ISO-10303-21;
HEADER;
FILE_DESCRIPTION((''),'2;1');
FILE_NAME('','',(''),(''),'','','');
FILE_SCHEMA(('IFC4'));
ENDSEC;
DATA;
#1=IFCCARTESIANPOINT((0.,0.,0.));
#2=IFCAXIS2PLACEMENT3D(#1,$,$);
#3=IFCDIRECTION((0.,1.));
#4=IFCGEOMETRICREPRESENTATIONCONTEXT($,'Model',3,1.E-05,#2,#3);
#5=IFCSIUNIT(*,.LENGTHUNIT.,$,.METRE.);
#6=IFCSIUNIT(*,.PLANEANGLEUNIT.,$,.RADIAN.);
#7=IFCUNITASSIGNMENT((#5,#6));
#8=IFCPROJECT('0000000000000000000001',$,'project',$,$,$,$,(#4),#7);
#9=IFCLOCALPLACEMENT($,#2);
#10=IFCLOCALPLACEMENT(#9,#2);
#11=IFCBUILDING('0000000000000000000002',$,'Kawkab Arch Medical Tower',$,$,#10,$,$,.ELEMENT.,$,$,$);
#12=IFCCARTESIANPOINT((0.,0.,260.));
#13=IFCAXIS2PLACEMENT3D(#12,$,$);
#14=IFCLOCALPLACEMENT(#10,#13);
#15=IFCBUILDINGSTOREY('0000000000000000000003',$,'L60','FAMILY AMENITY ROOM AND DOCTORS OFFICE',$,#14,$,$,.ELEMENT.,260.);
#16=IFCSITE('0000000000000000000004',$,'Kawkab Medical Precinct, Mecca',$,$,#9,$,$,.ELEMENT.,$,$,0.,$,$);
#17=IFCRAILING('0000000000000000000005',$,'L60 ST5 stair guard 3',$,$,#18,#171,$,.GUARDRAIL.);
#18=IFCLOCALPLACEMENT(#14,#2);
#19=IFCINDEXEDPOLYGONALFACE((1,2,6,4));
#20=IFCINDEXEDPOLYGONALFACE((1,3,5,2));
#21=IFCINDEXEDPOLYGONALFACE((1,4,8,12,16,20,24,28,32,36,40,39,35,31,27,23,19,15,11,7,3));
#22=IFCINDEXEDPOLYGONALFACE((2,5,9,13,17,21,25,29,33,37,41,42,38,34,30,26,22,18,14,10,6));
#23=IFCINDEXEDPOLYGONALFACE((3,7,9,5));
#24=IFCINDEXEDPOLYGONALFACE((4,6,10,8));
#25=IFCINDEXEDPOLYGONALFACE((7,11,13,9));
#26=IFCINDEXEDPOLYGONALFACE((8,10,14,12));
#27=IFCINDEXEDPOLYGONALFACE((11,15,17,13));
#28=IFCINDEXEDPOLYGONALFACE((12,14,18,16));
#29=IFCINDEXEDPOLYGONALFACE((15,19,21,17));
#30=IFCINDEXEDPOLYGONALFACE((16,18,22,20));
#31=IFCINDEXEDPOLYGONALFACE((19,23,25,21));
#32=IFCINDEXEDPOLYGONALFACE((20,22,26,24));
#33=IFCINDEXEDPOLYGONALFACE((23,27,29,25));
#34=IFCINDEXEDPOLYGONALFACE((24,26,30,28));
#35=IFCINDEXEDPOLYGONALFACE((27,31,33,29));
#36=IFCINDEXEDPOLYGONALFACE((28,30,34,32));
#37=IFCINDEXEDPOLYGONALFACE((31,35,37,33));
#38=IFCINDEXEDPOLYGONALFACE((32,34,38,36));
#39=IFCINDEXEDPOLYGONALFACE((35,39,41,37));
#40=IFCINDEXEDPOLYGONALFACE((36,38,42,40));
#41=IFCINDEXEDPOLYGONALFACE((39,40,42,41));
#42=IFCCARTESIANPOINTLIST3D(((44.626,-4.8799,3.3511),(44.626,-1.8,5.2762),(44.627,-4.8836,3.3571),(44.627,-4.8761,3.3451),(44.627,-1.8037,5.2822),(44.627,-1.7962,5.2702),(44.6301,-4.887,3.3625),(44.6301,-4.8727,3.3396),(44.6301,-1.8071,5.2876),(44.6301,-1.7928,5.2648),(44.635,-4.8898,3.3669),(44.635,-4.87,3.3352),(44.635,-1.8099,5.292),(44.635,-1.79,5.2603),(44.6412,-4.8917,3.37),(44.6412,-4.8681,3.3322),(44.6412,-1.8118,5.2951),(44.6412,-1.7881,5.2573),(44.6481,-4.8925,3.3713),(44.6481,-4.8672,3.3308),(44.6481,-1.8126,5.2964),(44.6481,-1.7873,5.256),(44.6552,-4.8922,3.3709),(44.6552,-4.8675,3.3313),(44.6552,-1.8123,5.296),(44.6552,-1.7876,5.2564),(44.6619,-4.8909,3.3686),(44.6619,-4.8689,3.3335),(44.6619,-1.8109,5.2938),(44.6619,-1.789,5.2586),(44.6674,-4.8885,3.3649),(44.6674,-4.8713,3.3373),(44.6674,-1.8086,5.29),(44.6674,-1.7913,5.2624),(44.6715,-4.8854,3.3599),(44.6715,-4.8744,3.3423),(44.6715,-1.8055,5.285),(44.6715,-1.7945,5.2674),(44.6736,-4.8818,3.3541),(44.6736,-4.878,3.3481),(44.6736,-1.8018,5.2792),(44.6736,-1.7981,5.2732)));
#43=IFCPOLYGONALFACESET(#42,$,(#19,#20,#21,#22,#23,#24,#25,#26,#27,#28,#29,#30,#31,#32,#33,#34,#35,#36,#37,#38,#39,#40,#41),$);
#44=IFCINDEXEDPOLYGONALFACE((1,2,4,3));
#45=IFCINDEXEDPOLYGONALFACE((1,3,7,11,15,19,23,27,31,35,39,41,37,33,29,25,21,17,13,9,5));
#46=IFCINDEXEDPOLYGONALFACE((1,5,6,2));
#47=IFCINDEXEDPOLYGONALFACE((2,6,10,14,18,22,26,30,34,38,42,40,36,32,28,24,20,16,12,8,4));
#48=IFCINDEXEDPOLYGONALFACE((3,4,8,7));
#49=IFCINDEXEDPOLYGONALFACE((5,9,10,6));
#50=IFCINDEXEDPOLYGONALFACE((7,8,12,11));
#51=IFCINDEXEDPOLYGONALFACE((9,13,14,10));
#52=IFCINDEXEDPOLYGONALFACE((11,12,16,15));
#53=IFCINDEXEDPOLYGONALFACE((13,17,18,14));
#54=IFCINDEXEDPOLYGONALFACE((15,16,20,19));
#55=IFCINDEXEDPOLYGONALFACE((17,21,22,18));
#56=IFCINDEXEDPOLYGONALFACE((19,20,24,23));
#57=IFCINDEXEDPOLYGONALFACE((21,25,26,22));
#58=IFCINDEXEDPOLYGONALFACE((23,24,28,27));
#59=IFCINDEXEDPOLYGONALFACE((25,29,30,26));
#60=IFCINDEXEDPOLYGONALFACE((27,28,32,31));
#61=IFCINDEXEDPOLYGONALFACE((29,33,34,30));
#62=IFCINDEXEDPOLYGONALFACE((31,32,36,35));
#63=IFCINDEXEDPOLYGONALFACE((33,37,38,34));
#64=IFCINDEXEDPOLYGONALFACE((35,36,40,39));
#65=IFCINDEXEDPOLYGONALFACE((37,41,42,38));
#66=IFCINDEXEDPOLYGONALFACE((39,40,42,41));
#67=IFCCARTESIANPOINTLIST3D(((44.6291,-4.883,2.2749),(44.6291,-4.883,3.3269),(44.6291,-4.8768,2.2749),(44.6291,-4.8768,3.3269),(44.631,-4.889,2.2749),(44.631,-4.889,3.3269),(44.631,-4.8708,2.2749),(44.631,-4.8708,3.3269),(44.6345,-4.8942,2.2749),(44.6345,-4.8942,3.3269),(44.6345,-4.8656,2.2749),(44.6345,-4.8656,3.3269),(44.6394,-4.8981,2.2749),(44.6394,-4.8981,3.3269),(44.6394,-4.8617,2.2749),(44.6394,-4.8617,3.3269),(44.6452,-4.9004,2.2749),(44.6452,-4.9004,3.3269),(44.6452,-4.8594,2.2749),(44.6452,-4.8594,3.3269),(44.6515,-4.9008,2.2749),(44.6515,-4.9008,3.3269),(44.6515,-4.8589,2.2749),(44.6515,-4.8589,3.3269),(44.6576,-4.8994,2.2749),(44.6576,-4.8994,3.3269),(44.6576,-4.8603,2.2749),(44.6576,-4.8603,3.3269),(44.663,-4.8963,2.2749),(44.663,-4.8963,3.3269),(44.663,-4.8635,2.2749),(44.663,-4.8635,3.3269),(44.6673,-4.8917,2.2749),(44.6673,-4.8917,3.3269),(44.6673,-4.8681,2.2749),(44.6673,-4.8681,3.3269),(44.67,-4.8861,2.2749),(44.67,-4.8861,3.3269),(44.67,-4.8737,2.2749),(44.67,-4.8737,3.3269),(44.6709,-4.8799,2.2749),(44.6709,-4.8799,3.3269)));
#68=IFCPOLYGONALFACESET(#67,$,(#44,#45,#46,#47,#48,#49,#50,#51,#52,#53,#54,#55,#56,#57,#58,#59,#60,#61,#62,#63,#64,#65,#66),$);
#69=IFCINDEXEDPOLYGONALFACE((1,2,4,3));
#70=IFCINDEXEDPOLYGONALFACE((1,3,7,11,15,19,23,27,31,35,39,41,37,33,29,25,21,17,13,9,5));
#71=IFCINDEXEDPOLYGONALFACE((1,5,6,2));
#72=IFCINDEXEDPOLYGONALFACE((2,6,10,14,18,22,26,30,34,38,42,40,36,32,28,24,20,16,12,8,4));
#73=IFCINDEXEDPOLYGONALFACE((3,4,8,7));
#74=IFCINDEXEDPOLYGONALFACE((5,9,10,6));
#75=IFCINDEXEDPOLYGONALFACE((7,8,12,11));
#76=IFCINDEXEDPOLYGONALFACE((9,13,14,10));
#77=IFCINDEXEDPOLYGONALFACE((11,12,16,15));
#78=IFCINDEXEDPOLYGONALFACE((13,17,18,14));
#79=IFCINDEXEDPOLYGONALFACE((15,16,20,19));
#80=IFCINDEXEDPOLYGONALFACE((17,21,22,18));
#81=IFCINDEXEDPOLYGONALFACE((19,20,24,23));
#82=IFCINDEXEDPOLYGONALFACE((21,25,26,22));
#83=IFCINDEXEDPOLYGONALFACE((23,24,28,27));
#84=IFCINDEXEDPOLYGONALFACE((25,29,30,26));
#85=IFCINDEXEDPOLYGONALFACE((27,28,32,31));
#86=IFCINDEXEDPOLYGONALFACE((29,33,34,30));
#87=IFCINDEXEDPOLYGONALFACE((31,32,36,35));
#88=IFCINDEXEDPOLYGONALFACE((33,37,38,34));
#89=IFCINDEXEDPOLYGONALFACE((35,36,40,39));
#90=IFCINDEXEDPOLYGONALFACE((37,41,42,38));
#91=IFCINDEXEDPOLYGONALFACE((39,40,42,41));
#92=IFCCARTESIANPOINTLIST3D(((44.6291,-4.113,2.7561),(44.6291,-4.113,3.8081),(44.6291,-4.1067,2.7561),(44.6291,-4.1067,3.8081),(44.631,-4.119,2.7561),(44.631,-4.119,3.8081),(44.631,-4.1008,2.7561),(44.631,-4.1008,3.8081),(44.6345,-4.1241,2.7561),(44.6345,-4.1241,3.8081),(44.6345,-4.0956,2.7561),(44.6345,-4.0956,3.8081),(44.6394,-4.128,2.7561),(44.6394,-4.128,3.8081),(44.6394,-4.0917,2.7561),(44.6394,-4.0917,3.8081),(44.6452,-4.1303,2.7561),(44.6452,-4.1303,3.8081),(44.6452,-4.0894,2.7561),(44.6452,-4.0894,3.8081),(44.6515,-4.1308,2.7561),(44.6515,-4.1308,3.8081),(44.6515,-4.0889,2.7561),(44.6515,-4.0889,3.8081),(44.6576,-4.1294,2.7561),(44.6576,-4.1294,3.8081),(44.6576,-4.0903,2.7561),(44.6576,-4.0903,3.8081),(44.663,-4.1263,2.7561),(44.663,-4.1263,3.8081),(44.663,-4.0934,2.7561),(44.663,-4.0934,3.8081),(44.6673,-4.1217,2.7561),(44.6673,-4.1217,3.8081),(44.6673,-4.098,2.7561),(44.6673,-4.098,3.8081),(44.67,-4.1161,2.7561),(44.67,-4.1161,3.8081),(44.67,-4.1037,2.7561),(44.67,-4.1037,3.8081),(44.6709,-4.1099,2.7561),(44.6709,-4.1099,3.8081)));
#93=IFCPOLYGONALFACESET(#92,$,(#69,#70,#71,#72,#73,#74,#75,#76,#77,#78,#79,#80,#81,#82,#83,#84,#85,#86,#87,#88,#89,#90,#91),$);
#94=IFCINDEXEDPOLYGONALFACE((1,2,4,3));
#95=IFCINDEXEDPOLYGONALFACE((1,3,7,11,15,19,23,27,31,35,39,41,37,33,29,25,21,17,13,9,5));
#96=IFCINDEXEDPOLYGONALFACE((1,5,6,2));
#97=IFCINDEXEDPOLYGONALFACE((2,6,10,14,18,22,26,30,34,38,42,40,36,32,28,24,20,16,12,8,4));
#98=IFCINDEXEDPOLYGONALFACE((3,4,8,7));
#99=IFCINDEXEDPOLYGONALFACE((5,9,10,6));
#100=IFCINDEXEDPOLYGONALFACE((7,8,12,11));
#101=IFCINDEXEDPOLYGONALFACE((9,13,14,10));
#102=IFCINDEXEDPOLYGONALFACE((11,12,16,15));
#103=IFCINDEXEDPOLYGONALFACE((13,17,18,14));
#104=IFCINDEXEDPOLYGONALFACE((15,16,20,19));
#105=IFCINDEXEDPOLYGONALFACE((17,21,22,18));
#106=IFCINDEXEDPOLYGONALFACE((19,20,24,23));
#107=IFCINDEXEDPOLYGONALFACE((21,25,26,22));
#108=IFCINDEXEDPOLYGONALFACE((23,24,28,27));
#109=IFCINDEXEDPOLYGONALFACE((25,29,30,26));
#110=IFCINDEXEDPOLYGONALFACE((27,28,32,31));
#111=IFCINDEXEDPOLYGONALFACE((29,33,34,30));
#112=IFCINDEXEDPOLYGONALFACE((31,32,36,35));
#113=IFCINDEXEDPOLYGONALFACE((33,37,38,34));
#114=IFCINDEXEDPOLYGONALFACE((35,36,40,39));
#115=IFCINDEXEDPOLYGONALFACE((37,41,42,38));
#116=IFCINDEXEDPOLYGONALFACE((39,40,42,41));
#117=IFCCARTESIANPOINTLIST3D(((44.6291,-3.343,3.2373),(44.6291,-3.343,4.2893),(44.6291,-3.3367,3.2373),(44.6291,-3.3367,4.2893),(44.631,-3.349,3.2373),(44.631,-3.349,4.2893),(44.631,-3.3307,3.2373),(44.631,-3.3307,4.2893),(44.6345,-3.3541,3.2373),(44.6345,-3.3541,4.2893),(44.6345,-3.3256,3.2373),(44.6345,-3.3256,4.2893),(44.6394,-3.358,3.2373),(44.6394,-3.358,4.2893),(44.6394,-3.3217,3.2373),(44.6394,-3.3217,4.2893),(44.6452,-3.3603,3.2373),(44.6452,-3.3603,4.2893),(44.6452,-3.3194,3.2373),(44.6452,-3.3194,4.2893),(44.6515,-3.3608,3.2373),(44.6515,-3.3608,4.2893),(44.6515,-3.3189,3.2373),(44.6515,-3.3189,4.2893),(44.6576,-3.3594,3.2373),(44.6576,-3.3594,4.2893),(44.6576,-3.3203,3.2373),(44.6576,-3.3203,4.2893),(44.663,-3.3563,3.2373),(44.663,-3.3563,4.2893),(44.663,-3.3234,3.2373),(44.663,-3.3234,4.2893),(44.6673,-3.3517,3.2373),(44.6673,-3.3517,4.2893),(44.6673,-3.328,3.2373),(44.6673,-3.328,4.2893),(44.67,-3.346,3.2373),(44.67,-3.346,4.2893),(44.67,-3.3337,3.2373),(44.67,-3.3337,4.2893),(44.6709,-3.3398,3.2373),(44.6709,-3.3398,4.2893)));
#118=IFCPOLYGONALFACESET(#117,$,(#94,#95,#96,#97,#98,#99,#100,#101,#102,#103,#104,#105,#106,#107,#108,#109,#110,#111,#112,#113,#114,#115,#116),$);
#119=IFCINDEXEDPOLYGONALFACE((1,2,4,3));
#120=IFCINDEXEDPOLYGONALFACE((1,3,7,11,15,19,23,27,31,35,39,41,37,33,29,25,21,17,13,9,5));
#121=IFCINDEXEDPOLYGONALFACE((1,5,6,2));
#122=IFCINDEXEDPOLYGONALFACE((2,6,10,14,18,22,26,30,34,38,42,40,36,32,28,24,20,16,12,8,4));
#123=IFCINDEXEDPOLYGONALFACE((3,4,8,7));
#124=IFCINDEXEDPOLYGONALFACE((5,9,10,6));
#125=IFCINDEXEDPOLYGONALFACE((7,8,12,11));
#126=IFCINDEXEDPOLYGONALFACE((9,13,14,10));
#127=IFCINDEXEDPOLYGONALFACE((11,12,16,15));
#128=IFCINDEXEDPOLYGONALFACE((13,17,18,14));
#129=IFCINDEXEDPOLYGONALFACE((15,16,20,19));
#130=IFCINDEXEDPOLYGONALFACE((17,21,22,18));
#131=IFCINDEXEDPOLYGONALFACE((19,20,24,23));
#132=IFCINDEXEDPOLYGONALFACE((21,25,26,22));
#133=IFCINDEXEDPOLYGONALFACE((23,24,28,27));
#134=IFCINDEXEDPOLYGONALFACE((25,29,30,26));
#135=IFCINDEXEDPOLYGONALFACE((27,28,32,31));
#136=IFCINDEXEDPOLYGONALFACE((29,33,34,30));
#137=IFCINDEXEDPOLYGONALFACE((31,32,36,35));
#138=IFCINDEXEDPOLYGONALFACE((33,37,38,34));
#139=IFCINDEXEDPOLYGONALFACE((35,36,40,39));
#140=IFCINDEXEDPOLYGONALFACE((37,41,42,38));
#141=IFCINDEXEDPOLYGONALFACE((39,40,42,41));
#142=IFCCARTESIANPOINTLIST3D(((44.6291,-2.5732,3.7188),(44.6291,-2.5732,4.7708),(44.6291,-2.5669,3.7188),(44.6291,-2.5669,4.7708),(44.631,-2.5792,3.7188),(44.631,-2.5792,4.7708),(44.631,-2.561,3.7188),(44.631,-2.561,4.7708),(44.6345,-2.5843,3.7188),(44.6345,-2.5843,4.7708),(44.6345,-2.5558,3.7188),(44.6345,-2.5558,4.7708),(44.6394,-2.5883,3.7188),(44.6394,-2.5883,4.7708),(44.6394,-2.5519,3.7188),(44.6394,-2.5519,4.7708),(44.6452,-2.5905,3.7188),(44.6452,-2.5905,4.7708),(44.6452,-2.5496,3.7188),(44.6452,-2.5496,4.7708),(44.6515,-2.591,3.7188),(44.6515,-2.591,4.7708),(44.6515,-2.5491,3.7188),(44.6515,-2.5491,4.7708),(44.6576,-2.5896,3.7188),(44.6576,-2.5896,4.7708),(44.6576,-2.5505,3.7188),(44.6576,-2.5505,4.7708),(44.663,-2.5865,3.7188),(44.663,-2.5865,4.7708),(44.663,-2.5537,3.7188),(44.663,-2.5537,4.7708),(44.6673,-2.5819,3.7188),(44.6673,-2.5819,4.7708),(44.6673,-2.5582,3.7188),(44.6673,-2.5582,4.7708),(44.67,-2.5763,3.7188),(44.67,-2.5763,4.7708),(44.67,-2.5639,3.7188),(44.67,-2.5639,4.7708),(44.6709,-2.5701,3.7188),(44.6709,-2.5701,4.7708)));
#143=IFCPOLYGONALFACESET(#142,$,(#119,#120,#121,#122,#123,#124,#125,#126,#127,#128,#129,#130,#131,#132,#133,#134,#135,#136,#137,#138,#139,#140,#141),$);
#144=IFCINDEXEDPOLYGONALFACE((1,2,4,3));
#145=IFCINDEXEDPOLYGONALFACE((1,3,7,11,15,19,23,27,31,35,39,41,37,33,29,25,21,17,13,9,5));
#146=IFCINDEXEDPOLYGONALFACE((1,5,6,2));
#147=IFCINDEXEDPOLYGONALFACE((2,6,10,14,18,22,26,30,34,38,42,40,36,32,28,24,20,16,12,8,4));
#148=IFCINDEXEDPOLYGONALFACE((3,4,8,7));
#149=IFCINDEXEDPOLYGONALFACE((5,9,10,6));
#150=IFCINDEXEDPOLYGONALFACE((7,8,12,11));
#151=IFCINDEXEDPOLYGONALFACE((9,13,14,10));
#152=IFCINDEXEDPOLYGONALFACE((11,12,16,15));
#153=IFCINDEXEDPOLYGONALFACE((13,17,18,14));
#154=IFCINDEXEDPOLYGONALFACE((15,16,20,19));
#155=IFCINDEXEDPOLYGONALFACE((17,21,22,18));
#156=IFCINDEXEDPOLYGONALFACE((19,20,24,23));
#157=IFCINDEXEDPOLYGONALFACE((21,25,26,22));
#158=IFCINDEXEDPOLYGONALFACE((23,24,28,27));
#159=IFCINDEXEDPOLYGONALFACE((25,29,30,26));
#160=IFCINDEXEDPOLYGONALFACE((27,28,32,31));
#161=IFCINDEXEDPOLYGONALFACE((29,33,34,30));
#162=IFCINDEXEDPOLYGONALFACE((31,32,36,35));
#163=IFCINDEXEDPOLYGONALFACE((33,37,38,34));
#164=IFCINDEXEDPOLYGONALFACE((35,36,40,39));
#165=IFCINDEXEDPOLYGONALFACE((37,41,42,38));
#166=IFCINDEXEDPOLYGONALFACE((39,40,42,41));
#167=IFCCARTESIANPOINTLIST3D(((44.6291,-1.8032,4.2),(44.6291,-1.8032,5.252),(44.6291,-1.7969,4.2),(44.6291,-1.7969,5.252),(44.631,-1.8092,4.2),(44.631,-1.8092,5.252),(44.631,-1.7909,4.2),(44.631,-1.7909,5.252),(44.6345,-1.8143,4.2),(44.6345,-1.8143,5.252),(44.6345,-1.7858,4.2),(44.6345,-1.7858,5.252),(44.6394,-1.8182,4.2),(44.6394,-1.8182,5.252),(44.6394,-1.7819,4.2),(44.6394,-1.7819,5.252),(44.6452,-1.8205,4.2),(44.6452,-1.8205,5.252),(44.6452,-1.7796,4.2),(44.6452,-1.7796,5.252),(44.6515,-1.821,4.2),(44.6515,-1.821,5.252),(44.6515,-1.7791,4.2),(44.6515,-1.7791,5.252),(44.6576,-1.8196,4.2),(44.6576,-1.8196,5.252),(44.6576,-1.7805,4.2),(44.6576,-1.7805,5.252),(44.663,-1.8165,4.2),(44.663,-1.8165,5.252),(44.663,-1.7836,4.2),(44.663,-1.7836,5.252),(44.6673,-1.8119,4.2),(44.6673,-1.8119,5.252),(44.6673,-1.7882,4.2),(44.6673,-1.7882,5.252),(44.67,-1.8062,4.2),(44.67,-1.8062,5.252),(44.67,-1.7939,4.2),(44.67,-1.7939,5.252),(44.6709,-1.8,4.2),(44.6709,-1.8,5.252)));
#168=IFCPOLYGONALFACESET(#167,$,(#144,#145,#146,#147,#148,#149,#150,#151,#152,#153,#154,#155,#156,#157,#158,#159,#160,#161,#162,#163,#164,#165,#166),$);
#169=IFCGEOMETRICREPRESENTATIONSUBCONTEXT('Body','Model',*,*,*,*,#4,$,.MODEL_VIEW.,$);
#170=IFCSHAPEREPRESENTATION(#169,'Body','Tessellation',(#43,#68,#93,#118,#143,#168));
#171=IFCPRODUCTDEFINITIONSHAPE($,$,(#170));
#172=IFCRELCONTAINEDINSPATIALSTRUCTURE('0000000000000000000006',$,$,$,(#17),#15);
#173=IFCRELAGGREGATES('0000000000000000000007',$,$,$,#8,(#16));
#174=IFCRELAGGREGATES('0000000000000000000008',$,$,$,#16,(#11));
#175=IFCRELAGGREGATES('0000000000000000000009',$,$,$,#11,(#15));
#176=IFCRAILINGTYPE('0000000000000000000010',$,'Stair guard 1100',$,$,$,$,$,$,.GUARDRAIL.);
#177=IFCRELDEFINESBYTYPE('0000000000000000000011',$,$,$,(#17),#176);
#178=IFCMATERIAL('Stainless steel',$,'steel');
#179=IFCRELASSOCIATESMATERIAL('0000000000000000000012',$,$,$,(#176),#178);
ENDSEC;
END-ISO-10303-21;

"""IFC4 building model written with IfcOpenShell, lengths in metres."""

from ifc_helpers import new_model, si_unit, direction, frame, origin, origin_2d, place, context, subcontext, project, spatial, circle, extrude, material, type_object, element, save


model = new_model("IFC4")

# Units and contexts
model_context = context("Model", 3, precision=1e-05, world=origin(), true_north=direction((0.0, 1.0)))
body_context = subcontext(model_context, "Body", "Model", "MODEL_VIEW")
ifc_project = project(units=[si_unit("LENGTHUNIT", "METRE"), si_unit("PLANEANGLEUNIT", "RADIAN")], contexts=[model_context])

# Site, building, storey
site_placement = place(None, origin())
site = spatial("IfcSite", under=ifc_project, at=site_placement, Name="Kawkab Medical Precinct, Mecca", CompositionType="ELEMENT", RefElevation=0.0)
building_placement = place(site_placement, origin())
building = spatial("IfcBuilding", under=site, at=building_placement, Name="Kawkab Arch Medical Tower", CompositionType="ELEMENT")
storey_placement = place(building_placement, frame((0.0, 0.0, 260.0)))
storey = spatial("IfcBuildingStorey", under=building, at=storey_placement, Name="L60", Description="FAMILY AMENITY ROOM AND DOCTORS OFFICE", CompositionType="ELEMENT", Elevation=260.0)

# Railing
ifc_material_1 = material(Name="Stainless steel", Category="steel")
railing_type_1 = type_object("IfcRailingType", Name="Stair guard 1100", PredefinedType="GUARDRAIL", material=ifc_material_1)
railing_1_placement = place(storey_placement, frame((44.6499, -4.8799, 2.2749)))
element("IfcRailing", 1, at=railing_1_placement, inside=storey, type_object=railing_type_1, Name="L60 ST5 stair guard 3", PredefinedType="GUARDRAIL", context=body_context, shape_type="SweptSolid", body=[
    extrude(circle(Radius=0.0239, at=origin_2d()), frame((0.0, 0.0, 1.0762), z_axis=(0.0, 0.847979, 0.530029), x_axis=(-1.0, 0.0, 0.0)), (0.0, 0.0, 1.0), 3.6321),
    extrude(circle(Radius=0.021, at=origin_2d()), origin(), (0.0, 0.0, 1.0), 1.052),
    extrude(circle(Radius=0.021, at=origin_2d()), frame((0.0, 0.77, 0.4812)), (0.0, 0.0, 1.0), 1.052),
    extrude(circle(Radius=0.021, at=origin_2d()), frame((0.0, 1.54, 0.9624)), (0.0, 0.0, 1.0), 1.052),
    extrude(circle(Radius=0.021, at=origin_2d()), frame((0.0, 2.3098, 1.4438)), (0.0, 0.0, 1.0), 1.052),
    extrude(circle(Radius=0.021, at=origin_2d()), frame((0.0, 3.0798, 1.925)), (0.0, 0.0, 1.0), 1.052),
])

save(model, "model.ifc")
